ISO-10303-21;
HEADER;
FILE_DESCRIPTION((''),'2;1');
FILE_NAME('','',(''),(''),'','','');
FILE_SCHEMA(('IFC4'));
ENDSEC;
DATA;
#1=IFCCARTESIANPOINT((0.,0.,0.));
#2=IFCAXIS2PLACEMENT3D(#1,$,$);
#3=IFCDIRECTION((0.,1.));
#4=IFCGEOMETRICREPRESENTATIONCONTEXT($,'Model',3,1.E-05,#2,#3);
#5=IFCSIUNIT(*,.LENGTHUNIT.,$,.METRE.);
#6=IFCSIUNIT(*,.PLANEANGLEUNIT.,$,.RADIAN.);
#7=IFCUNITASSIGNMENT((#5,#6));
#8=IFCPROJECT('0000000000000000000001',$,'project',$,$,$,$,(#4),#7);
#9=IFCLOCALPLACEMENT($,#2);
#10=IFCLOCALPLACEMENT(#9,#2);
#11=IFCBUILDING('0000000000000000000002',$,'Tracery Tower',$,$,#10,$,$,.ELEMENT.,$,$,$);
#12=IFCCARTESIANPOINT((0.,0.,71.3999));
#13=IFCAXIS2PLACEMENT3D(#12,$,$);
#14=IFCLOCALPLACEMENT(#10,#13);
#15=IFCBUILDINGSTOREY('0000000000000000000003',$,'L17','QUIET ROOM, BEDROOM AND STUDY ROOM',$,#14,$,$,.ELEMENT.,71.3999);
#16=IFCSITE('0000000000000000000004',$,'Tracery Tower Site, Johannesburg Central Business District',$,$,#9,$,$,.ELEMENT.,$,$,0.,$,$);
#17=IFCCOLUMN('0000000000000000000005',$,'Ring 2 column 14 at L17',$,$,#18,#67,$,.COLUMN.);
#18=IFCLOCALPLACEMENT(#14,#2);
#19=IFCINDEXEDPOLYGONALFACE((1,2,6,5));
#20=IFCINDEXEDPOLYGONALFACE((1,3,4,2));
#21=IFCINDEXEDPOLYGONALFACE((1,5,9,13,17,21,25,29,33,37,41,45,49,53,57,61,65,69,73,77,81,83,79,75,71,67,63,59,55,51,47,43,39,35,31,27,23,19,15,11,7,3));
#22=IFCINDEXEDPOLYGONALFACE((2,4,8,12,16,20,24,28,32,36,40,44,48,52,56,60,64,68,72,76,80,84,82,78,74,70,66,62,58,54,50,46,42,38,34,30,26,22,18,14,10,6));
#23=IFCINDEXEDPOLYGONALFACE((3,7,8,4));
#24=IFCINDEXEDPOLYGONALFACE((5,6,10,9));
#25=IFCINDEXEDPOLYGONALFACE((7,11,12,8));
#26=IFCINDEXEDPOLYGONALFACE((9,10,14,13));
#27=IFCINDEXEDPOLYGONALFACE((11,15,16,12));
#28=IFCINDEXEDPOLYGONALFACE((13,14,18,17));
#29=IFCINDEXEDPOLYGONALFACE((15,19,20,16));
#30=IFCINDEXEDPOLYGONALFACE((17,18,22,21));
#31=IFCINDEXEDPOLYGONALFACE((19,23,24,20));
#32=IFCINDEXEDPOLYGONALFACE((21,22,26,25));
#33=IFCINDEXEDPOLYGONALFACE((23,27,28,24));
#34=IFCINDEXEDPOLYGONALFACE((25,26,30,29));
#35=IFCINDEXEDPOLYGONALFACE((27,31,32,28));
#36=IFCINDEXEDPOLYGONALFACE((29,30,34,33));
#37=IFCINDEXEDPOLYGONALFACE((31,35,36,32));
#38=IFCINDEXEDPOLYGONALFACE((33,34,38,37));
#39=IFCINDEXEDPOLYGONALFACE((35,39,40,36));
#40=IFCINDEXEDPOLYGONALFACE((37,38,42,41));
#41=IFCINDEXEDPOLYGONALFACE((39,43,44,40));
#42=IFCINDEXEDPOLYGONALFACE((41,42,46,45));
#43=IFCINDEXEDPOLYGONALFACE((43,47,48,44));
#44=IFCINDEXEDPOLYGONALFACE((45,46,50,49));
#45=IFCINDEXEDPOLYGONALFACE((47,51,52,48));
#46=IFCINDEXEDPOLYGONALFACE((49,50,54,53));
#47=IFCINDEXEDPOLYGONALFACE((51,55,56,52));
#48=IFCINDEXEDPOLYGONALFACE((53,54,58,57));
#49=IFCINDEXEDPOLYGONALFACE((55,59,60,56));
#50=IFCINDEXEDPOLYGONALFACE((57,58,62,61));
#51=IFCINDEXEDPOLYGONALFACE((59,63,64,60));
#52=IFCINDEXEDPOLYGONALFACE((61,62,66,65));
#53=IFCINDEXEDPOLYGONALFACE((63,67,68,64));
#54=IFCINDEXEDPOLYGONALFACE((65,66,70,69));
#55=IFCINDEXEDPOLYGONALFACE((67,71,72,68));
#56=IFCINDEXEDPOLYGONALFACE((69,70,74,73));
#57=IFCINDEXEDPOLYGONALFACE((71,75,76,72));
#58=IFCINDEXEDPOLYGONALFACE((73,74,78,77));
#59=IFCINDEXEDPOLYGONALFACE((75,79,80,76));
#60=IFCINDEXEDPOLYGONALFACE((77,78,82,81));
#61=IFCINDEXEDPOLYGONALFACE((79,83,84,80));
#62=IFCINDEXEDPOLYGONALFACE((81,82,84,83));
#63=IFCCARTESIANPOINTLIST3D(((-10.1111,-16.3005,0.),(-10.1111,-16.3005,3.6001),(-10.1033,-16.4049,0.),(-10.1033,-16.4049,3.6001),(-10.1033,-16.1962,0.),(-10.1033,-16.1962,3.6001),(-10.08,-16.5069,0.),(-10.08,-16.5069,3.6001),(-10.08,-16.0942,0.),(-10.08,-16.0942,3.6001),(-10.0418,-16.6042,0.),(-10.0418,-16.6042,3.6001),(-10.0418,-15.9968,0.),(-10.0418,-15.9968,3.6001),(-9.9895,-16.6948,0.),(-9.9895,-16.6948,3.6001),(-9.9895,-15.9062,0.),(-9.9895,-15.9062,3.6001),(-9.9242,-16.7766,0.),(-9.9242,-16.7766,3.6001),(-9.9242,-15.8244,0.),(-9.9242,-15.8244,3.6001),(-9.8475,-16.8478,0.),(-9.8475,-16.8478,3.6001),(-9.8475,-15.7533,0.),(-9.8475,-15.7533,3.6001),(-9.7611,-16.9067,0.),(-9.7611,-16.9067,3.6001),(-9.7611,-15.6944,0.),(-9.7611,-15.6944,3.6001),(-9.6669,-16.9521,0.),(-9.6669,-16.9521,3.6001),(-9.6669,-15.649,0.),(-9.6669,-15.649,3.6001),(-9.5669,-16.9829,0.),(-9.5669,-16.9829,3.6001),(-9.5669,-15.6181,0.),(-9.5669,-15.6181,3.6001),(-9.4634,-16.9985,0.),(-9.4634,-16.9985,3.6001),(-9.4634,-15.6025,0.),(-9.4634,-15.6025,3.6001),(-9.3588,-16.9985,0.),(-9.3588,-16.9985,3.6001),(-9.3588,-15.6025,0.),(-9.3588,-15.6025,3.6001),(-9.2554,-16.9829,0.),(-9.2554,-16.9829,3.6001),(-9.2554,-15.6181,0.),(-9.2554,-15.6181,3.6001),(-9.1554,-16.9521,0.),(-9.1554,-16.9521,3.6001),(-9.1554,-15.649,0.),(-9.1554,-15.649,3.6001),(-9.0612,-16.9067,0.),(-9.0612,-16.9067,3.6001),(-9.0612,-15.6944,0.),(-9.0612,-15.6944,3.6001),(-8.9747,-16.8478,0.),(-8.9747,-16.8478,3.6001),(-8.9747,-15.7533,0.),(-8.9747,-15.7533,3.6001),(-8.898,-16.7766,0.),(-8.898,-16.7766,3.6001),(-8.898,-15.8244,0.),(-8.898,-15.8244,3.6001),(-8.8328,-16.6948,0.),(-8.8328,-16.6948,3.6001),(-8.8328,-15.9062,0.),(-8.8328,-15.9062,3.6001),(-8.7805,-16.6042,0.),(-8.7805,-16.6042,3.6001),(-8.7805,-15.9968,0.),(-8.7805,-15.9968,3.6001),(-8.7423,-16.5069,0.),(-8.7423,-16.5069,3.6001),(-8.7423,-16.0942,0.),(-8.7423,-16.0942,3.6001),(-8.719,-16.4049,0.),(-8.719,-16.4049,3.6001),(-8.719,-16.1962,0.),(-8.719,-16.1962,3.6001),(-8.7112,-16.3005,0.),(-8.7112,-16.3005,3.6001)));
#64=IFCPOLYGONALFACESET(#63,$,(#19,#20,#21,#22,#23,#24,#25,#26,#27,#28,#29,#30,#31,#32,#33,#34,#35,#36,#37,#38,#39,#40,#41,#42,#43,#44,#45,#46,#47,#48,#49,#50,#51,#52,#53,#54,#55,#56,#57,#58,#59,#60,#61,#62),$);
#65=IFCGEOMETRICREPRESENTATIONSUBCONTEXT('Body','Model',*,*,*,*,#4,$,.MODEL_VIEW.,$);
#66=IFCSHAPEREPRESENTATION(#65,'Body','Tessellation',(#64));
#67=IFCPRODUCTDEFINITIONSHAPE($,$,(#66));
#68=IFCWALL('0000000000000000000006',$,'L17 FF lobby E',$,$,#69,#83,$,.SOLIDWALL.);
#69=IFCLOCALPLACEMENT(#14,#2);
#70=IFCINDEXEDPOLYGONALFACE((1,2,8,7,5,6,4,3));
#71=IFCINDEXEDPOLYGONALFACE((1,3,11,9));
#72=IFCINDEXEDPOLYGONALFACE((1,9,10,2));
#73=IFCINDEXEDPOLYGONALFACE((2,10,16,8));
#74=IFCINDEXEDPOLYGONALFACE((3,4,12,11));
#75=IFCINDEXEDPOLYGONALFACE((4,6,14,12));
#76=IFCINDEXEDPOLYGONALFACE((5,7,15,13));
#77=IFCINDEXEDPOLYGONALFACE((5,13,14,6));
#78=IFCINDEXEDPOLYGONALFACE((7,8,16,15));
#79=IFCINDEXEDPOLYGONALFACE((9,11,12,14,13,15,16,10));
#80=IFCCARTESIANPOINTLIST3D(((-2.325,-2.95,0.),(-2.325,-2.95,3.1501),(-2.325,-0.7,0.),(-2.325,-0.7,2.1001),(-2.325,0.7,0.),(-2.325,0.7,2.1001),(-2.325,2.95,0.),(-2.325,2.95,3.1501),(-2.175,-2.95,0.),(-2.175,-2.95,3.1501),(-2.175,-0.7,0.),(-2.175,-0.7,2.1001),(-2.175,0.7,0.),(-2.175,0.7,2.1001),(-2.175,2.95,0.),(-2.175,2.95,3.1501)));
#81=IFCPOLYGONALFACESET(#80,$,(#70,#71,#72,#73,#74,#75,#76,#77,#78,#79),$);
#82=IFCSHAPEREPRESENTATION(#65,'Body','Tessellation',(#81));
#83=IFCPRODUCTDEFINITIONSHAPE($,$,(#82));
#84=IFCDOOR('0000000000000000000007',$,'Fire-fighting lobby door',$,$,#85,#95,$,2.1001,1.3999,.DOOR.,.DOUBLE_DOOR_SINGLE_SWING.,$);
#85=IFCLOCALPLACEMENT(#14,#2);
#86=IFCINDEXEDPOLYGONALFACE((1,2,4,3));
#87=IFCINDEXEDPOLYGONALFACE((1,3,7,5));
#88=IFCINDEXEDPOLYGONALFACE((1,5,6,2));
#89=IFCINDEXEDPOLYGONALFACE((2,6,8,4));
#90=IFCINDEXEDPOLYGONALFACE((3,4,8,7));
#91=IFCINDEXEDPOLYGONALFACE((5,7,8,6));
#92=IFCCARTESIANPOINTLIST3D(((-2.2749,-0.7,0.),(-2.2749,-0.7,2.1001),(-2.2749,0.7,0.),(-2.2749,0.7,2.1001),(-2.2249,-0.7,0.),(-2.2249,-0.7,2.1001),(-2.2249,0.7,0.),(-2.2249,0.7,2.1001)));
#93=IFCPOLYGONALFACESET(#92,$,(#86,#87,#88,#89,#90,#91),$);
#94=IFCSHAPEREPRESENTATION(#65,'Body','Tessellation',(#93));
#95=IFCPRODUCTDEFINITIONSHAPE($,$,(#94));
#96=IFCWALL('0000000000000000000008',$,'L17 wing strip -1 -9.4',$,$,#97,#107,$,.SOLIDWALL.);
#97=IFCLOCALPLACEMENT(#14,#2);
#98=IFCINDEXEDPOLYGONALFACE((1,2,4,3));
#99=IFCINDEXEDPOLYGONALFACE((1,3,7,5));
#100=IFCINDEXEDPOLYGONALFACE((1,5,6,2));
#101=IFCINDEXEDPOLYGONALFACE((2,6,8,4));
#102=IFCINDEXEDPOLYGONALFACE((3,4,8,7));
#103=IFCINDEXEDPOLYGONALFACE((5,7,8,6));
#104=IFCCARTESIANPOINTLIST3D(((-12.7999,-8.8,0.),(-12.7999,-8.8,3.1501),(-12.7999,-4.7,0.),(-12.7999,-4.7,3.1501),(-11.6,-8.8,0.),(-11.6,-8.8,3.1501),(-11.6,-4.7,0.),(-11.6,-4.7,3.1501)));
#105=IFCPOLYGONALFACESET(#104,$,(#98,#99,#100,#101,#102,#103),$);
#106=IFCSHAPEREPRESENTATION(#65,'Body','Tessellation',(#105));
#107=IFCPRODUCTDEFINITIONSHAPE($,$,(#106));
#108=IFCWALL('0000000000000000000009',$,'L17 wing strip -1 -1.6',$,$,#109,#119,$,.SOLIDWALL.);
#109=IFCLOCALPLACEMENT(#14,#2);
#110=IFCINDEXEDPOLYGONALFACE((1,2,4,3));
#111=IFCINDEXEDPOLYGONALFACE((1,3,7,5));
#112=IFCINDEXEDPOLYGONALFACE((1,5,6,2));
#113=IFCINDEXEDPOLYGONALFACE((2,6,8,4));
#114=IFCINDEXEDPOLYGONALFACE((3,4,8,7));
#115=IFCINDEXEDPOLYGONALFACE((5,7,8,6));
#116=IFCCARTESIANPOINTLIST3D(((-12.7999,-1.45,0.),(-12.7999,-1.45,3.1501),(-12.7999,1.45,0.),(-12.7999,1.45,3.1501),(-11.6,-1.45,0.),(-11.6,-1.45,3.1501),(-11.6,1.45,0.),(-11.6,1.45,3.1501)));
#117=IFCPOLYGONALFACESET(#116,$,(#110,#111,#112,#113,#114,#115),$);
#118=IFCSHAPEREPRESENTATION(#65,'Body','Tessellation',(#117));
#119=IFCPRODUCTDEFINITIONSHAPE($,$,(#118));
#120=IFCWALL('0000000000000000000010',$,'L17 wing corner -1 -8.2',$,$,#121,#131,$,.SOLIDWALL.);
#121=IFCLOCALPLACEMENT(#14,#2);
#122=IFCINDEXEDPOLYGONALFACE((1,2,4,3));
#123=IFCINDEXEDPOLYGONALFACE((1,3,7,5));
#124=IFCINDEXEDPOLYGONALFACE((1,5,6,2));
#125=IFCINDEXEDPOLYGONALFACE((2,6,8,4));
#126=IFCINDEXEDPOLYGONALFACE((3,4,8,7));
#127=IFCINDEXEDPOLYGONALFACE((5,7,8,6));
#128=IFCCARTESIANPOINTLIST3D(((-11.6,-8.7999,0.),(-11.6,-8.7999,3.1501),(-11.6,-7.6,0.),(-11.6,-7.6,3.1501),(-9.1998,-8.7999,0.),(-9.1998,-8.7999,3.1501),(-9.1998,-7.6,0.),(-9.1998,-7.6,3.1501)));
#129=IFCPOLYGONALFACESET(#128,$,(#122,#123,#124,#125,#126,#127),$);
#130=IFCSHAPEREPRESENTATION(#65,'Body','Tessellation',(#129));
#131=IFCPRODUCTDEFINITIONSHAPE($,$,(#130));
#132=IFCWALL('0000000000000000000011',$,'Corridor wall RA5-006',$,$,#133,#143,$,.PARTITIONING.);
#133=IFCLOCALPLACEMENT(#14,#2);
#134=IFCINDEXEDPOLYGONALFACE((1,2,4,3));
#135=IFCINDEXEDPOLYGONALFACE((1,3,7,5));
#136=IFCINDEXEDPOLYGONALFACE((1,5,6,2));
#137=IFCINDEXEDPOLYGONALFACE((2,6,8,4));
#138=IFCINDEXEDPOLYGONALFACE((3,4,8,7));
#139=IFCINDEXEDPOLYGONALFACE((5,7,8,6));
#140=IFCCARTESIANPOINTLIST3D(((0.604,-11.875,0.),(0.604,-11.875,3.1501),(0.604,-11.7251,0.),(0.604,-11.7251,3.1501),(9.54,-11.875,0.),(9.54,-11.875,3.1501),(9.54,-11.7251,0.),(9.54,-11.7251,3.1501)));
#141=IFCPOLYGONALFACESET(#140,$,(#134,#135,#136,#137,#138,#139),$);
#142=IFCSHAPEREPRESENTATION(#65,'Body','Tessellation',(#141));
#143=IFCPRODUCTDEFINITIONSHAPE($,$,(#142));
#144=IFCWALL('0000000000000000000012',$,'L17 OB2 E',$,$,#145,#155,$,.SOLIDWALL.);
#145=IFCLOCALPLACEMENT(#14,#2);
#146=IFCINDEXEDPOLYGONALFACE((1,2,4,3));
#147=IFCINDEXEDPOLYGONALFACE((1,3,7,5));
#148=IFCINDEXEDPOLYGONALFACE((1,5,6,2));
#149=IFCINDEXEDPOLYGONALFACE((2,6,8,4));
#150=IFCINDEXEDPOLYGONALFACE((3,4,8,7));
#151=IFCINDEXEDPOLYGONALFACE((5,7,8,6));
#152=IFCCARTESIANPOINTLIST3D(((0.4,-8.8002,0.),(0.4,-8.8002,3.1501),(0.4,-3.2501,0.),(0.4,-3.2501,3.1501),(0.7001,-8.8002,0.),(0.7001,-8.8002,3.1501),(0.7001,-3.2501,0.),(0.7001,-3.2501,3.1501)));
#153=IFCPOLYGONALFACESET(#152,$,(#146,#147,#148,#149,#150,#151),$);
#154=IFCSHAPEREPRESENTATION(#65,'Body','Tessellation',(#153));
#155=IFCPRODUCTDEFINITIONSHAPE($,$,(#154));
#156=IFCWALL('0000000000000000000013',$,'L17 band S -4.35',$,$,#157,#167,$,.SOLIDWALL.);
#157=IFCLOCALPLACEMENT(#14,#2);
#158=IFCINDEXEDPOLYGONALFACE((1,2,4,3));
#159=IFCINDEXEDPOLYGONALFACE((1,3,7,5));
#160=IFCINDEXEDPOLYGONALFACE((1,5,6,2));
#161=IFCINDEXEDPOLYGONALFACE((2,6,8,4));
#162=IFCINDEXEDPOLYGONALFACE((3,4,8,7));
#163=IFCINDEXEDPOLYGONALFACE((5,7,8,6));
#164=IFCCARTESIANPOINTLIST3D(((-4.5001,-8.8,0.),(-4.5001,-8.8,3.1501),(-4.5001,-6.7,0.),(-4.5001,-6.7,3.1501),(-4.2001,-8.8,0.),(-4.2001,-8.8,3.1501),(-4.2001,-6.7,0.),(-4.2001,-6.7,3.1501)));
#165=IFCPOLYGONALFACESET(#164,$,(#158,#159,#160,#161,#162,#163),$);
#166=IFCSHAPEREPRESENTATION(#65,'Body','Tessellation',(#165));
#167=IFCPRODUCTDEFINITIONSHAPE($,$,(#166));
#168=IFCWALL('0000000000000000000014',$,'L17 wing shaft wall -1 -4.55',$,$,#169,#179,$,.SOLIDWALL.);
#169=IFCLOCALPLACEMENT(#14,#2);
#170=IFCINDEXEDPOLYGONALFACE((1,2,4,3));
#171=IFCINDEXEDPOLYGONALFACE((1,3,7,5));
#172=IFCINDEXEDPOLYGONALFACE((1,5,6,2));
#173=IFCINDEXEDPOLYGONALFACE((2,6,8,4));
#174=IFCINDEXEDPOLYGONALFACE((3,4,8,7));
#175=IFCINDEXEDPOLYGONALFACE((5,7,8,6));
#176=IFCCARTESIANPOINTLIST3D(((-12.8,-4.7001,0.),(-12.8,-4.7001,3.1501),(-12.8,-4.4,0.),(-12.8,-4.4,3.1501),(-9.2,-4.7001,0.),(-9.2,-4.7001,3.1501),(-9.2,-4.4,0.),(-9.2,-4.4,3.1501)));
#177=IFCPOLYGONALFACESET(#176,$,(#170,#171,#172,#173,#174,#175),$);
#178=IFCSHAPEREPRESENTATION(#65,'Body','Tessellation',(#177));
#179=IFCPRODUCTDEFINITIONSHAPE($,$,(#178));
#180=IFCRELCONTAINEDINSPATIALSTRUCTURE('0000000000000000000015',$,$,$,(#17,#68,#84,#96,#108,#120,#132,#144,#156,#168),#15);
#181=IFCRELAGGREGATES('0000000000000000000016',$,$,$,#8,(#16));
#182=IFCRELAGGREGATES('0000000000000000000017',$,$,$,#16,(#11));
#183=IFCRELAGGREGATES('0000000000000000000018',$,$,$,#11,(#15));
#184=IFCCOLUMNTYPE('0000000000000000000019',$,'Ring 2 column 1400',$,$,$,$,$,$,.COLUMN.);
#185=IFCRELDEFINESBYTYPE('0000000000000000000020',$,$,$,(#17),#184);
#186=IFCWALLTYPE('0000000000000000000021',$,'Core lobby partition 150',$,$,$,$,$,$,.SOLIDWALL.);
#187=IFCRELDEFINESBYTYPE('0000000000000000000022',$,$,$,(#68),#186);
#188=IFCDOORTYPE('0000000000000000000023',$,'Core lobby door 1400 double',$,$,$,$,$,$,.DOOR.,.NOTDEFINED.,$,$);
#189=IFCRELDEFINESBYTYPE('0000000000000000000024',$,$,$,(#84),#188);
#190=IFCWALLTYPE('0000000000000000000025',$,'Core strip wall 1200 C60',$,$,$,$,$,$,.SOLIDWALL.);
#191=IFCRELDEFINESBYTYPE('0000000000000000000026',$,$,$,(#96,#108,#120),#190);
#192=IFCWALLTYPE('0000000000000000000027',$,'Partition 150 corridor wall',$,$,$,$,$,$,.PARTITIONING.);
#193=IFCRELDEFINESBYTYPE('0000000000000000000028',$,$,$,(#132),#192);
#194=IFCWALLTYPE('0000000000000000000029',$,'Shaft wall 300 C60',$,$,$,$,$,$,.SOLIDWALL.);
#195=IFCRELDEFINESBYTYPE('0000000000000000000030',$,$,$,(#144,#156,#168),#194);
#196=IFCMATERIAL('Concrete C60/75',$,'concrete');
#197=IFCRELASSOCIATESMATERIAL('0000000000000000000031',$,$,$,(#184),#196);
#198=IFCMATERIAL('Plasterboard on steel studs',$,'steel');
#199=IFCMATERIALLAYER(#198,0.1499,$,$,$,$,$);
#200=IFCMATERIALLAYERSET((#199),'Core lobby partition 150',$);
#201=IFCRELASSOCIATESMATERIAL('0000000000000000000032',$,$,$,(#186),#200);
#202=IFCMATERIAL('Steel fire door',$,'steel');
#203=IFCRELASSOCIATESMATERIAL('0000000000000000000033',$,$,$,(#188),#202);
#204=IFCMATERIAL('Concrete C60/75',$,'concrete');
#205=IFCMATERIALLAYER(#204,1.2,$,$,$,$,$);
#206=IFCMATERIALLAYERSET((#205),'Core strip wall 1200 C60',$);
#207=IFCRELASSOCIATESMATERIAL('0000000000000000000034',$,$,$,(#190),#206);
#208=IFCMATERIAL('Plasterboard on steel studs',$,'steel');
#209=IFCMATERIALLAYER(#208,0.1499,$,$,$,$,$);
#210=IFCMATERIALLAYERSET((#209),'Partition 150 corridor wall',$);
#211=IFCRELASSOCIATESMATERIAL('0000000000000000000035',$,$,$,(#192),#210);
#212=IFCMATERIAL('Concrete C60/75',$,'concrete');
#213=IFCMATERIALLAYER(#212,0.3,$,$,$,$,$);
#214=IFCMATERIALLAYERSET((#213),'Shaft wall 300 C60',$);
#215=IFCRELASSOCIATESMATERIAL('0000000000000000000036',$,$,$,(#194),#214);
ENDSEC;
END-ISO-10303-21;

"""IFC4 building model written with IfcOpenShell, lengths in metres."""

from ifc_helpers import new_model, si_unit, direction, frame, frame_2d, origin, origin_2d, place, context, subcontext, project, spatial, rectangle, circle, extrude, material, layer, layer_set, material_profile, profile_set, type_object, element, fill, save


model = new_model("IFC4")

# Units and contexts
model_context = context("Model", 3, precision=1e-05, world=origin(), true_north=direction((0.0, 1.0)))
body_context = subcontext(model_context, "Body", "Model", "MODEL_VIEW")
ifc_project = project(units=[si_unit("LENGTHUNIT", "METRE"), si_unit("PLANEANGLEUNIT", "RADIAN")], contexts=[model_context])

# Site, building, storey
site_placement = place(None, origin())
site = spatial("IfcSite", under=ifc_project, at=site_placement, Name="Tracery Tower Site, Johannesburg Central Business District", CompositionType="ELEMENT", RefElevation=0.0)
building_placement = place(site_placement, origin())
building = spatial("IfcBuilding", under=site, at=building_placement, Name="Tracery Tower", CompositionType="ELEMENT")
storey_placement = place(building_placement, frame((0.0, 0.0, 71.3999)))
storey = spatial("IfcBuildingStorey", under=building, at=storey_placement, Name="L17", Description="QUIET ROOM, BEDROOM AND STUDY ROOM", CompositionType="ELEMENT", Elevation=71.3999)

# Column
ifc_material_1 = material(Name="Concrete C60/75", Category="concrete")
ifc_material_profile = material_profile(ifc_material_1, circle(Radius=0.7, at=origin_2d()), Name="RC D1400")
ifc_profile_set = profile_set([ifc_material_profile], Name="Concrete C60/75")
column_type = type_object("IfcColumnType", Name="Ring 2 column 1400", PredefinedType="COLUMN", material=ifc_profile_set)
column_placement = place(storey_placement, frame((-9.4111, -16.3005, 0.0), z_axis=(0.0, 0.0, 1.0), x_axis=(1.0, 0.0, 0.0)))
element("IfcColumn", 1, at=column_placement, inside=storey, type_object=column_type, Name="Ring 2 column 14 at L17", PredefinedType="COLUMN", context=body_context, shape_type="SweptSolid", body=[
    extrude(circle(Radius=0.7, at=origin_2d()), origin(), (0.0, 0.0, 1.0), 3.6001),
])

# Wall, opening, door
ifc_material_2 = material(Name="Plasterboard on steel studs", Category="steel")
ifc_layer_1 = layer(ifc_material_2, 0.1499)
ifc_layer_set_1 = layer_set([ifc_layer_1], Name="Core lobby partition 150")
wall_type_1 = type_object("IfcWallType", Name="Core lobby partition 150", PredefinedType="SOLIDWALL", material=ifc_layer_set_1)
wall_1_placement = place(storey_placement, frame((-2.25, -2.95, 0.0), z_axis=(0.0, 0.0, 1.0), x_axis=(0.0, 1.0, 0.0)))
wall_1 = element("IfcWall", 2, at=wall_1_placement, inside=storey, type_object=wall_type_1, Name="L17 FF lobby E", PredefinedType="SOLIDWALL", context=body_context, shape_type="SweptSolid", body=[
    extrude(rectangle(XDim=5.8999, YDim=0.1499, at=frame_2d((2.95, 0.0))), origin(), (0.0, 0.0, 1.0), 3.1501),
])
opening_1_placement = place(wall_1_placement, frame((2.25, 0.0, 0.0)))
opening_1 = element("IfcOpeningElement", 3, at=opening_1_placement, cuts=wall_1, PredefinedType="OPENING", context=body_context, shape_type="SweptSolid", body=[
    extrude(rectangle(XDim=1.3999, YDim=2.1001, at=frame_2d((0.7, 1.05))), frame((0.0, 0.075, 0.0), z_axis=(0.0, -1.0, 0.0), x_axis=(1.0, 0.0, 0.0)), (0.0, 0.0, 1.0), 0.1499),
])
ifc_material_3 = material(Name="Steel fire door", Category="steel")
door_type_1 = type_object("IfcDoorType", Name="Core lobby door 1400 double", OperationType="NOTDEFINED", PredefinedType="DOOR", material=ifc_material_3)
door_1_placement = place(opening_1_placement, origin())
door_1 = element("IfcDoor", 4, at=door_1_placement, inside=storey, type_object=door_type_1, Name="Fire-fighting lobby door", OperationType="DOUBLE_DOOR_SINGLE_SWING", OverallHeight=2.1001, OverallWidth=1.3999, PredefinedType="DOOR", context=body_context, shape_type="SweptSolid", body=[
    extrude(rectangle(XDim=1.3999, YDim=2.1001, at=frame_2d((0.7, 1.05))), frame((0.0, 0.0249, 0.0), z_axis=(0.0, -1.0, 0.0), x_axis=(1.0, 0.0, 0.0)), (0.0, 0.0, 1.0), 0.05),
])
fill(opening_1, door_1)

# Walls
ifc_material_4 = material(Name="Concrete C60/75", Category="concrete")
ifc_layer_2 = layer(ifc_material_4, 1.2)
ifc_layer_set_2 = layer_set([ifc_layer_2], Name="Core strip wall 1200 C60")
wall_type_2 = type_object("IfcWallType", Name="Core strip wall 1200 C60", PredefinedType="SOLIDWALL", material=ifc_layer_set_2)
wall_2_placement = place(storey_placement, frame((-12.2, -8.8, 0.0), z_axis=(0.0, 0.0, 1.0), x_axis=(0.0, 1.0, 0.0)))
element("IfcWall", 5, at=wall_2_placement, inside=storey, type_object=wall_type_2, Name="L17 wing strip -1 -9.4", PredefinedType="SOLIDWALL", context=body_context, shape_type="SweptSolid", body=[
    extrude(rectangle(XDim=4.1001, YDim=1.2, at=frame_2d((2.05, 0.0))), origin(), (0.0, 0.0, 1.0), 3.1501),
])
wall_3_placement = place(storey_placement, frame((-12.2, -1.45, 0.0), z_axis=(0.0, 0.0, 1.0), x_axis=(0.0, 1.0, 0.0)))
element("IfcWall", 6, at=wall_3_placement, inside=storey, type_object=wall_type_2, Name="L17 wing strip -1 -1.6", PredefinedType="SOLIDWALL", context=body_context, shape_type="SweptSolid", body=[
    extrude(rectangle(XDim=2.8999, YDim=1.2, at=frame_2d((1.45, 0.0))), origin(), (0.0, 0.0, 1.0), 3.1501),
])
wall_4_placement = place(storey_placement, frame((-11.6001, -8.2, 0.0), z_axis=(0.0, 0.0, 1.0), x_axis=(1.0, 0.0, 0.0)))
element("IfcWall", 7, at=wall_4_placement, inside=storey, type_object=wall_type_2, Name="L17 wing corner -1 -8.2", PredefinedType="SOLIDWALL", context=body_context, shape_type="SweptSolid", body=[
    extrude(rectangle(XDim=2.4001, YDim=1.2, at=frame_2d((1.2002, 0.0))), origin(), (0.0, 0.0, 1.0), 3.1501),
])

# Wall
ifc_material_5 = material(Name="Plasterboard on steel studs", Category="steel")
ifc_layer_3 = layer(ifc_material_5, 0.1499)
ifc_layer_set_3 = layer_set([ifc_layer_3], Name="Partition 150 corridor wall")
wall_type_3 = type_object("IfcWallType", Name="Partition 150 corridor wall", PredefinedType="PARTITIONING", material=ifc_layer_set_3)
wall_5_placement = place(storey_placement, frame((0.604, -11.8, 0.0), z_axis=(0.0, 0.0, 1.0), x_axis=(1.0, 0.0, 0.0)))
element("IfcWall", 8, at=wall_5_placement, inside=storey, type_object=wall_type_3, Name="Corridor wall RA5-006", PredefinedType="PARTITIONING", context=body_context, shape_type="SweptSolid", body=[
    extrude(rectangle(XDim=8.936, YDim=0.1499, at=frame_2d((4.468, 0.0))), origin(), (0.0, 0.0, 1.0), 3.1501),
])

# Shared definitions
ifc_material_6 = material(Name="Concrete C60/75", Category="concrete")
ifc_layer_4 = layer(ifc_material_6, 0.3)
ifc_layer_set_4 = layer_set([ifc_layer_4], Name="Shaft wall 300 C60")
wall_type_4 = type_object("IfcWallType", Name="Shaft wall 300 C60", PredefinedType="SOLIDWALL", material=ifc_layer_set_4)

# Walls
wall_6_placement = place(storey_placement, frame((0.55, -8.8, 0.0), z_axis=(0.0, 0.0, 1.0), x_axis=(0.0, 1.0, 0.0)))
element("IfcWall", 9, at=wall_6_placement, inside=storey, type_object=wall_type_4, Name="L17 OB2 E", PredefinedType="SOLIDWALL", context=body_context, shape_type="SweptSolid", body=[
    extrude(rectangle(XDim=5.55, YDim=0.3, at=frame_2d((2.7749, 0.0))), origin(), (0.0, 0.0, 1.0), 3.1501),
])
wall_7_placement = place(storey_placement, frame((-4.3501, -8.8, 0.0), z_axis=(0.0, 0.0, 1.0), x_axis=(0.0, 1.0, 0.0)))
element("IfcWall", 10, at=wall_7_placement, inside=storey, type_object=wall_type_4, Name="L17 band S -4.35", PredefinedType="SOLIDWALL", context=body_context, shape_type="SweptSolid", body=[
    extrude(rectangle(XDim=2.1001, YDim=0.3, at=frame_2d((1.05, 0.0))), origin(), (0.0, 0.0, 1.0), 3.1501),
])
for number, where, z_axis, x_axis, name in (
    (11, (-12.8, -4.55, 0.0), (0.0, 0.0, 1.0), (1.0, 0.0, 0.0), "L17 wing shaft wall -1 -4.55"),
):
    element("IfcWall", number, at=place(storey_placement, frame(where, z_axis=z_axis, x_axis=x_axis)), inside=storey, type_object=wall_type_4, Name=name, PredefinedType="SOLIDWALL", context=body_context, shape_type="SweptSolid", body=[
        extrude(rectangle(XDim=3.6001, YDim=0.3, at=frame_2d((1.8, 0.0))), origin(), (0.0, 0.0, 1.0), 3.1501),
    ])

save(model, "model.ifc")
